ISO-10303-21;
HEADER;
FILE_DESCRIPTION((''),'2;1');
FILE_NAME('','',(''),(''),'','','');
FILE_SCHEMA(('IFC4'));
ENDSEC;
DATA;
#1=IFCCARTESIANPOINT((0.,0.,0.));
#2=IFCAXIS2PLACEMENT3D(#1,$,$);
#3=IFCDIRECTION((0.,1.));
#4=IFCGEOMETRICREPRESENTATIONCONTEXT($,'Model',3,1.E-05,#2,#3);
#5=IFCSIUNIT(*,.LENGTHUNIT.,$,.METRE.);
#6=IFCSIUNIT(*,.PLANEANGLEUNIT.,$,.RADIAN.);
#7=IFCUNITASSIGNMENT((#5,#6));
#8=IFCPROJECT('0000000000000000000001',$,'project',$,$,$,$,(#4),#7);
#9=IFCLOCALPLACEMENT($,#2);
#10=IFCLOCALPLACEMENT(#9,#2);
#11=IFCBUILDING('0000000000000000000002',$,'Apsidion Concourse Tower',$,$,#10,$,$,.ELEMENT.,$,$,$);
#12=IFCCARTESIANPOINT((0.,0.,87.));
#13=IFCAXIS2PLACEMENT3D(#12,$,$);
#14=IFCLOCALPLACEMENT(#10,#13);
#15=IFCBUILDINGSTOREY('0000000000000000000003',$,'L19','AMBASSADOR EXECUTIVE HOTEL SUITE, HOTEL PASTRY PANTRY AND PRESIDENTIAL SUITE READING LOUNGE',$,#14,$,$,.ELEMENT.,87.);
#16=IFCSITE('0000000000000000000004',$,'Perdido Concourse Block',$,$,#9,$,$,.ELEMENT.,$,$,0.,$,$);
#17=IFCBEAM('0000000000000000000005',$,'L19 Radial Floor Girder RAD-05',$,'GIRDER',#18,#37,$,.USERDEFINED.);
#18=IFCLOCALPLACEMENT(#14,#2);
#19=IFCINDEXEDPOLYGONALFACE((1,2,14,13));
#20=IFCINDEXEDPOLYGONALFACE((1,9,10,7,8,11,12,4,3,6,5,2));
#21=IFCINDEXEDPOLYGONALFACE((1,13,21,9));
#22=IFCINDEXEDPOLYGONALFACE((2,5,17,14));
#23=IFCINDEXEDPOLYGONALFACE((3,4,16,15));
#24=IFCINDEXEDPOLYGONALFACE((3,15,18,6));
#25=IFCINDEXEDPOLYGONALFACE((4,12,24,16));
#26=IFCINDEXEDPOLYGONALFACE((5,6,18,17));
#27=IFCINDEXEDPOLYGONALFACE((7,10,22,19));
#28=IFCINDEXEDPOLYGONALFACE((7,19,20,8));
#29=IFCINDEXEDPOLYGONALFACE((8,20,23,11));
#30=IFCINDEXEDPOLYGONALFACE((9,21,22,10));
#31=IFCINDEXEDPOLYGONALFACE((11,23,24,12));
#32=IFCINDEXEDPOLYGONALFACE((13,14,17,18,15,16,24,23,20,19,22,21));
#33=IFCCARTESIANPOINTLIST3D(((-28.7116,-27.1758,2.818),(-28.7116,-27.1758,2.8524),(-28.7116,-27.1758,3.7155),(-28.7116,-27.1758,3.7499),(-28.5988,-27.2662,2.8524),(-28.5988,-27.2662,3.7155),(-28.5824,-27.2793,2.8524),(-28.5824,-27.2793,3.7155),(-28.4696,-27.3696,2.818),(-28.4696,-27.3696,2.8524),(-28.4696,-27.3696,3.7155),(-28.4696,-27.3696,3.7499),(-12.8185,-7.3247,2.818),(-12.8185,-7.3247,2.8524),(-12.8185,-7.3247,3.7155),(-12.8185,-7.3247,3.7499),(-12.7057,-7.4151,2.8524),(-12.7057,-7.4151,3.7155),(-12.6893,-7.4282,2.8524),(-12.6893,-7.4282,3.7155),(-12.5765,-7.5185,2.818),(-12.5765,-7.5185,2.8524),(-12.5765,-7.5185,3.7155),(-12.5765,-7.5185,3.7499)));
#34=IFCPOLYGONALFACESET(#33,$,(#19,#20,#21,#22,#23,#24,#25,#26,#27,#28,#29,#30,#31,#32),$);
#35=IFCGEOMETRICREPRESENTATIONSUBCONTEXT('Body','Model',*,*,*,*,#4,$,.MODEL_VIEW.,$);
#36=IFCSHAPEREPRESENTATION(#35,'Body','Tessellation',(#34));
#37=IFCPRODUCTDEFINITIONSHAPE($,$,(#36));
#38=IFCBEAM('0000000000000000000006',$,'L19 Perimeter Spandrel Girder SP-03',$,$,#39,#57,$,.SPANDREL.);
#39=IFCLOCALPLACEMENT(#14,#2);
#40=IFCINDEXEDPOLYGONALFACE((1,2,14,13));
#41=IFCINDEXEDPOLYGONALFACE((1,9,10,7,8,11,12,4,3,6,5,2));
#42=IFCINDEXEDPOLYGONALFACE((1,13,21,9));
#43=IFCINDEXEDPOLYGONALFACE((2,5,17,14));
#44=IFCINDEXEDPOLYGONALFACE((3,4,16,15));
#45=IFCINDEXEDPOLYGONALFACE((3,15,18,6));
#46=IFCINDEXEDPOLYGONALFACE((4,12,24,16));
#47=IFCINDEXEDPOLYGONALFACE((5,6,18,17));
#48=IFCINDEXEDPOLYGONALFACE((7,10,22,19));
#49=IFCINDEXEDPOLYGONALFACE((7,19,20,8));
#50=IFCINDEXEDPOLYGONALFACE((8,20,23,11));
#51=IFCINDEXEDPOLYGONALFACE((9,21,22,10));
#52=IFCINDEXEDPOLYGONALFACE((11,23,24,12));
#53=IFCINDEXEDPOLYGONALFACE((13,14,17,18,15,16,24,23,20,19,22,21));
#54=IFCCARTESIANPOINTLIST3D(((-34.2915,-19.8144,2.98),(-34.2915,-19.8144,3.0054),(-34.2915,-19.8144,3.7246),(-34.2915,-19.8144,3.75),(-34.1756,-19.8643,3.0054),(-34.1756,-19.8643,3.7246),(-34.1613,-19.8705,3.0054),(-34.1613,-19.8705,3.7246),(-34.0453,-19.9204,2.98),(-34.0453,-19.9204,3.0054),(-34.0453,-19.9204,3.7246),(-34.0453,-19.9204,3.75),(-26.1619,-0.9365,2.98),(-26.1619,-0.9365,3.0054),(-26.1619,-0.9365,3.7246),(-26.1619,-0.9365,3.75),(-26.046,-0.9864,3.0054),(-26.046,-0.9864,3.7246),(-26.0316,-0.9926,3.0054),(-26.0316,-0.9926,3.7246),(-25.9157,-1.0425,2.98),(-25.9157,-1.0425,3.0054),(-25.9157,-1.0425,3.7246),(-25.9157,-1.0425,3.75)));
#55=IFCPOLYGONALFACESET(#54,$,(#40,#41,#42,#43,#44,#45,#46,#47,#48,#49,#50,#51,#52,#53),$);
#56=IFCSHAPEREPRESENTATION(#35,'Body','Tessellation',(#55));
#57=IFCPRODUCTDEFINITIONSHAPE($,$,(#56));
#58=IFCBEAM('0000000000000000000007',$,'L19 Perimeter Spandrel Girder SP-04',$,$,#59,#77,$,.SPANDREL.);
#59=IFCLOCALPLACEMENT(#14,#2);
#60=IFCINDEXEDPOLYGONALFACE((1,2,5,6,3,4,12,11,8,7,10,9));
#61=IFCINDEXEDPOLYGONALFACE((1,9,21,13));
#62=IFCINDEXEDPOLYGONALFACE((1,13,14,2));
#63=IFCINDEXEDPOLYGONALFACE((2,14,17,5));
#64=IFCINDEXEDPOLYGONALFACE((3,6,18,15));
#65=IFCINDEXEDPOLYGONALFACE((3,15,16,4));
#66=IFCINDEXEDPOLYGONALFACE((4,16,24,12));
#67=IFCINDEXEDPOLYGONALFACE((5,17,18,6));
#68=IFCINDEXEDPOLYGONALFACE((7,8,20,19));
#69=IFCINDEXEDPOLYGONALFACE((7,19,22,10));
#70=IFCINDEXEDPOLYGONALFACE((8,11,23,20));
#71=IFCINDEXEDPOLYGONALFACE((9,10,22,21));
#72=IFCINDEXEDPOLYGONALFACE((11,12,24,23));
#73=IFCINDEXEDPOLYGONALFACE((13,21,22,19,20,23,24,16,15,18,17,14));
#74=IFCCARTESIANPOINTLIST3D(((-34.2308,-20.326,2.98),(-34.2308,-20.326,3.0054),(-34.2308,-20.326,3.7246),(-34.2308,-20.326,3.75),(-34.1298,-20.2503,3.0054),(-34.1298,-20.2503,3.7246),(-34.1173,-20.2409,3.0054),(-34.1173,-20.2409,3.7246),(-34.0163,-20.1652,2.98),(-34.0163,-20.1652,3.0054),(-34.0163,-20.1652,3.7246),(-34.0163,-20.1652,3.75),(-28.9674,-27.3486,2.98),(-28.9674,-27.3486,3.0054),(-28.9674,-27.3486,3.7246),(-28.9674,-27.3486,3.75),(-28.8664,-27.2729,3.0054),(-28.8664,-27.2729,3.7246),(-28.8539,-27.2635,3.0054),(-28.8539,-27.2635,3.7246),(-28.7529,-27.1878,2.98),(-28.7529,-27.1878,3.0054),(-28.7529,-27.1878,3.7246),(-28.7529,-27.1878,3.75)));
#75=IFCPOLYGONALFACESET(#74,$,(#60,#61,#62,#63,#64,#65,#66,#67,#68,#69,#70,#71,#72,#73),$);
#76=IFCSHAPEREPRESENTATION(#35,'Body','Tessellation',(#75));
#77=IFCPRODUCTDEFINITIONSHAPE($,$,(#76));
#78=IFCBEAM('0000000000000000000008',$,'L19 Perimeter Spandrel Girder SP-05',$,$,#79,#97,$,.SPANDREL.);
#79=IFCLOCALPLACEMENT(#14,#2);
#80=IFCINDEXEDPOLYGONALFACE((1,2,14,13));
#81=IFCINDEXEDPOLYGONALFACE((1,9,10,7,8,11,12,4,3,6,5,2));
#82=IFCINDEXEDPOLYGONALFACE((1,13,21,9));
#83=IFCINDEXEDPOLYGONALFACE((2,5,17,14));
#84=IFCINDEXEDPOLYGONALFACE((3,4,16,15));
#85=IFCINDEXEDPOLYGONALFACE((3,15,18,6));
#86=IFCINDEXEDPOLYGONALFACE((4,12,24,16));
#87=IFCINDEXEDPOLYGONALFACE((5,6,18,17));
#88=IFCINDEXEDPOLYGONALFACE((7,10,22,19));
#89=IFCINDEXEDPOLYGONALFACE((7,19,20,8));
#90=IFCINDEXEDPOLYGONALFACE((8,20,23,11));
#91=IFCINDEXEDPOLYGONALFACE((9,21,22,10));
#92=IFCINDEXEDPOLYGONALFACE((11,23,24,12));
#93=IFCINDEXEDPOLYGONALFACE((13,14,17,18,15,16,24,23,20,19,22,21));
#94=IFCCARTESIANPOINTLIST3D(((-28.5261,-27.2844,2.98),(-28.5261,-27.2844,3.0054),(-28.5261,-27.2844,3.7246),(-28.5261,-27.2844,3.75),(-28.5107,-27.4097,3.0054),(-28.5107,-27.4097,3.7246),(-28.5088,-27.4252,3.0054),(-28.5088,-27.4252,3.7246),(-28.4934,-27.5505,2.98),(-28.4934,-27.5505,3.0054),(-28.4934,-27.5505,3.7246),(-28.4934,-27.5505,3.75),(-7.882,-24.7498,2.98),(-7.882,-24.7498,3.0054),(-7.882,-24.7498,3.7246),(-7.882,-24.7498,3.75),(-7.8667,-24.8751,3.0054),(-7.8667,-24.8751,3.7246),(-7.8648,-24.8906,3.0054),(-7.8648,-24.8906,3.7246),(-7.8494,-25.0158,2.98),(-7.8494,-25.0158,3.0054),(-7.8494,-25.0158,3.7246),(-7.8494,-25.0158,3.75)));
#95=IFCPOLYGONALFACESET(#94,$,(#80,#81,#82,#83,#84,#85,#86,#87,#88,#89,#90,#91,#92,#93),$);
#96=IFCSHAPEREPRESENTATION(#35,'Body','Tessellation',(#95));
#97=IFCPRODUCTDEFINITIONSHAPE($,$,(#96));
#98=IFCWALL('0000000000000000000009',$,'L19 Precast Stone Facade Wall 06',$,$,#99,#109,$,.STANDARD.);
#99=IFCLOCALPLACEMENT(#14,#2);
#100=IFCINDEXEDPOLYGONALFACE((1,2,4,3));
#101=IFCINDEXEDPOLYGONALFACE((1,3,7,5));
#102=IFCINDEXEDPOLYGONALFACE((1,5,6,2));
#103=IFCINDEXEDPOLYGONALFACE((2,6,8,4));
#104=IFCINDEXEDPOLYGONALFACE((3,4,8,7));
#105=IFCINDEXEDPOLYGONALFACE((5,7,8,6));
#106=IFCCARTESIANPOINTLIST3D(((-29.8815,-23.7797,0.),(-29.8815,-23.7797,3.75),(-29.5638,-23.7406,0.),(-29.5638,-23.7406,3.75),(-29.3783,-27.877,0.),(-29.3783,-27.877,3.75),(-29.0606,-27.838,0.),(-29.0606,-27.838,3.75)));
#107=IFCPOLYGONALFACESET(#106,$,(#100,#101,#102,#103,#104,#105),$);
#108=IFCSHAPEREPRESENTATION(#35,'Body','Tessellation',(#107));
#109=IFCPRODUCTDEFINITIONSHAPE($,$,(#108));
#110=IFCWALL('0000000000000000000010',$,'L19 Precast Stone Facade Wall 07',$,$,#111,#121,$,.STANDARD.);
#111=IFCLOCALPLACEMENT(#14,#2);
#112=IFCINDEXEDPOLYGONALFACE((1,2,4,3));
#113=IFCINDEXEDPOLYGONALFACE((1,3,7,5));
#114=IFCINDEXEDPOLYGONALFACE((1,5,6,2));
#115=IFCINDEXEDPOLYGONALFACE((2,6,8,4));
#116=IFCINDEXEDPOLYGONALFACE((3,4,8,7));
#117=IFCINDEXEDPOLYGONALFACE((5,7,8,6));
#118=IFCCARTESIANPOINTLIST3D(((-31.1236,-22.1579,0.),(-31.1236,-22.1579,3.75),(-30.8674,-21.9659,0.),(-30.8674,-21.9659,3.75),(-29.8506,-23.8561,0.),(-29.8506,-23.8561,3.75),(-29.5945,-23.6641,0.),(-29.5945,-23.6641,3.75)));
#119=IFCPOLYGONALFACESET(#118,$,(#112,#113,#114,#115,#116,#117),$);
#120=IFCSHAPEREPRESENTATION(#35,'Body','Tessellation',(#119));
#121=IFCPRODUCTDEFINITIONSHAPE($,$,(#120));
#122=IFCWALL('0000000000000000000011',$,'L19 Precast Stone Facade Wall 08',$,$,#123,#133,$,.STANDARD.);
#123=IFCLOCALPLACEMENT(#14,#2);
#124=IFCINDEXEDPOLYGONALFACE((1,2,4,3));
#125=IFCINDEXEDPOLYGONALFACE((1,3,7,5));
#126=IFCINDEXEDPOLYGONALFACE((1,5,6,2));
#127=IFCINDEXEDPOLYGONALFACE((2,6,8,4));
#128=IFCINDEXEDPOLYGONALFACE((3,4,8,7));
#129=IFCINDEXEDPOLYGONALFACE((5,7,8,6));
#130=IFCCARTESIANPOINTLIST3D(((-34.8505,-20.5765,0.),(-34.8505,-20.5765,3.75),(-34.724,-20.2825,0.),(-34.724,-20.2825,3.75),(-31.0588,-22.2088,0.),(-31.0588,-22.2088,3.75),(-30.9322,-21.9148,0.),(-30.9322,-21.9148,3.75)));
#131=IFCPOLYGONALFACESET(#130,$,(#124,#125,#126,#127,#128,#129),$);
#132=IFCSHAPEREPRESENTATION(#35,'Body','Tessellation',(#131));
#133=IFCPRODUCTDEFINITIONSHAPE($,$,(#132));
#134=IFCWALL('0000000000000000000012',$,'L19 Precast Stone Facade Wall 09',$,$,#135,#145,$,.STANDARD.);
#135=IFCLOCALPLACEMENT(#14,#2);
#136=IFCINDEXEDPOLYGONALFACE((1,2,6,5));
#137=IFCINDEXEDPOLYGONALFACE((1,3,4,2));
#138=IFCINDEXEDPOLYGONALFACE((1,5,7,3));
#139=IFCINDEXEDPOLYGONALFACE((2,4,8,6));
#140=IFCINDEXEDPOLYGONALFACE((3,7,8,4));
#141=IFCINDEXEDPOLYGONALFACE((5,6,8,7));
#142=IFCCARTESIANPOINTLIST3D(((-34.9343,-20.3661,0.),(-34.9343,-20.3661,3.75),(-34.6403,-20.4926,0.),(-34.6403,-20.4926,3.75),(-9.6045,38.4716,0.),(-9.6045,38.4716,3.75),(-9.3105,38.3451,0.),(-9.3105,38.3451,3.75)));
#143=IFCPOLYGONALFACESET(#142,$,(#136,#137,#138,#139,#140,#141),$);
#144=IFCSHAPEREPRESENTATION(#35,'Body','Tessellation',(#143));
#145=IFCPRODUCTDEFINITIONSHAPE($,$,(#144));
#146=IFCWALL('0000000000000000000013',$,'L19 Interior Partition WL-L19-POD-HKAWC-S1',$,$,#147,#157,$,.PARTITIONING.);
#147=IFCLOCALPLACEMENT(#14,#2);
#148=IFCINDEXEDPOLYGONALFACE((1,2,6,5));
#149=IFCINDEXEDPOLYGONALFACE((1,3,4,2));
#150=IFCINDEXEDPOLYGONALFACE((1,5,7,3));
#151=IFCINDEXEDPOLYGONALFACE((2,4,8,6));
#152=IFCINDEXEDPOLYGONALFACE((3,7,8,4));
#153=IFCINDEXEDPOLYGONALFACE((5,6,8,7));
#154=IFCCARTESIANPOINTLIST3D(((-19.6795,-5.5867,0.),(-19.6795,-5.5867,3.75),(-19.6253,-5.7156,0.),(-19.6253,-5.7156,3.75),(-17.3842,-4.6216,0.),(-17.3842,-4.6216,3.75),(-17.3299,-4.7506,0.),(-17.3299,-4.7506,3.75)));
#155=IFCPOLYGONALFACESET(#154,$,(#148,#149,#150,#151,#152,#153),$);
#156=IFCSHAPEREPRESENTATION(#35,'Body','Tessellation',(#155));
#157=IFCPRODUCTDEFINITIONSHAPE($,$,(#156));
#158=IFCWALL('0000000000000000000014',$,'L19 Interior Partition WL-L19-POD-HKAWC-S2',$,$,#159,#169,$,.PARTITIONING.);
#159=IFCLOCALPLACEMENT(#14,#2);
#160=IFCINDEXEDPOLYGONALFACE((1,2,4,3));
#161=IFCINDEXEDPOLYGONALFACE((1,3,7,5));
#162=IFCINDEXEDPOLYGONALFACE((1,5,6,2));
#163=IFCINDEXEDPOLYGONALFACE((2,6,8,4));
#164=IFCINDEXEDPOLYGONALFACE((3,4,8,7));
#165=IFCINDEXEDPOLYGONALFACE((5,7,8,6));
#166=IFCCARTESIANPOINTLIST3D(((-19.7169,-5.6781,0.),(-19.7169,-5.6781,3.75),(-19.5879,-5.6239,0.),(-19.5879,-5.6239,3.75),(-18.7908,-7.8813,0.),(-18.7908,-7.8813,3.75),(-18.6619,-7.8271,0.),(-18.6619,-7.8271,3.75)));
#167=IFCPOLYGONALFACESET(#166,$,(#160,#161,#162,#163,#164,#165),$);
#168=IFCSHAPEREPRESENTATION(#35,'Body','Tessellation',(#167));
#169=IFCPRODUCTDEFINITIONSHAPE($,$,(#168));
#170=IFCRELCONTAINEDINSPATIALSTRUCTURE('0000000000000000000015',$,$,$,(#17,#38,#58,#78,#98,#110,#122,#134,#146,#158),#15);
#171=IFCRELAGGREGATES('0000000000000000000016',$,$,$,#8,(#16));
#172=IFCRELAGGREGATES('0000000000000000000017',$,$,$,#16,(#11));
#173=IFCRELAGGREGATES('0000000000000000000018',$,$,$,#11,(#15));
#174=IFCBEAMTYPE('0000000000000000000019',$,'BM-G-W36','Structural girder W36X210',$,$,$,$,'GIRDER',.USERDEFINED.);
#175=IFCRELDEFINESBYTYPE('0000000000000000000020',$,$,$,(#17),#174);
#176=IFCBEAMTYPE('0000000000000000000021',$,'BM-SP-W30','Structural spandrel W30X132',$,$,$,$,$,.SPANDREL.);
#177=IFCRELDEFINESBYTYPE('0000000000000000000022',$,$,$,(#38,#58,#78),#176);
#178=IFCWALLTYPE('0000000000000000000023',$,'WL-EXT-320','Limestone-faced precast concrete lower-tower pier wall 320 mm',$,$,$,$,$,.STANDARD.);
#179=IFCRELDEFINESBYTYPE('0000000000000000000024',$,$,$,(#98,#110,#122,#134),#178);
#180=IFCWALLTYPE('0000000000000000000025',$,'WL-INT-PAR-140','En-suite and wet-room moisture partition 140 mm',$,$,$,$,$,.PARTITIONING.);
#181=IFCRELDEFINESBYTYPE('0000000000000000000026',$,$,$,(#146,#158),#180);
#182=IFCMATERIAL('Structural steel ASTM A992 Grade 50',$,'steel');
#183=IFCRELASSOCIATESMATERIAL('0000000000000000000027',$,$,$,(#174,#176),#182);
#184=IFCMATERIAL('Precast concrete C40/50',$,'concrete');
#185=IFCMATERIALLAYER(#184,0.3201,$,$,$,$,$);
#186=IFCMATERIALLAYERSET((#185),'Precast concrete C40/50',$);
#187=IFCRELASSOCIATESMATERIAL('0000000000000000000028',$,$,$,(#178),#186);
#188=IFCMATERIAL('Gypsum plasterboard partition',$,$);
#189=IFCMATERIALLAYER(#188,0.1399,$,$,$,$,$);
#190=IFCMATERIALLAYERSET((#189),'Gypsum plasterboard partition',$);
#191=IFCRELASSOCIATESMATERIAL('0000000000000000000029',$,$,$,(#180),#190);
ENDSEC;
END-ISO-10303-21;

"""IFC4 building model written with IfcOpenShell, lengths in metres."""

from ifc_helpers import new_model, si_unit, direction, frame, frame_2d, origin, origin_2d, place, context, subcontext, project, spatial, rectangle, i_section, extrude, material, layer, layer_set, material_profile, profile_set, type_object, element, save


model = new_model("IFC4")

# Units and contexts
model_context = context("Model", 3, precision=1e-05, world=origin(), true_north=direction((0.0, 1.0)))
body_context = subcontext(model_context, "Body", "Model", "MODEL_VIEW")
ifc_project = project(units=[si_unit("LENGTHUNIT", "METRE"), si_unit("PLANEANGLEUNIT", "RADIAN")], contexts=[model_context])

# Site, building, storey
site_placement = place(None, origin())
site = spatial("IfcSite", under=ifc_project, at=site_placement, Name="Perdido Concourse Block", CompositionType="ELEMENT", RefElevation=0.0)
building_placement = place(site_placement, origin())
building = spatial("IfcBuilding", under=site, at=building_placement, Name="Apsidion Concourse Tower", CompositionType="ELEMENT")
storey_placement = place(building_placement, frame((0.0, 0.0, 87.0)))
storey = spatial("IfcBuildingStorey", under=building, at=storey_placement, Name="L19", Description="AMBASSADOR EXECUTIVE HOTEL SUITE, HOTEL PASTRY PANTRY AND PRESIDENTIAL SUITE READING LOUNGE", CompositionType="ELEMENT", Elevation=87.0)

# Beams
ifc_material_1 = material(Name="Structural steel ASTM A992 Grade 50", Category="steel")
ifc_material_profile_1 = material_profile(ifc_material_1, i_section(OverallWidth=0.3101, OverallDepth=0.9319, WebThickness=0.021, FlangeThickness=0.0344, at=origin_2d()), Name="W36X210")
ifc_profile_set_1 = profile_set([ifc_material_profile_1], Name="Structural steel ASTM A992 Grade 50")
beam_type_1 = type_object("IfcBeamType", Name="BM-G-W36", Description="Structural girder W36X210", ElementType="GIRDER", PredefinedType="USERDEFINED", material=ifc_profile_set_1)
beam_1_placement = place(storey_placement, frame((-12.6975, -7.4216, 3.2839), z_axis=(-0.624988, -0.780635, 0.0), x_axis=(0.780635, -0.624988, 0.0)))
element("IfcBeam", 1, at=beam_1_placement, inside=storey, type_object=beam_type_1, Name="L19 Radial Floor Girder RAD-05", ObjectType="GIRDER", PredefinedType="USERDEFINED", context=body_context, shape_type="SweptSolid", body=[
    extrude(i_section(OverallWidth=0.3101, OverallDepth=0.9319, WebThickness=0.021, FlangeThickness=0.0344, at=origin_2d()), origin(), (0.0, 0.0, 1.0), 25.4294),
])
ifc_material_profile_2 = material_profile(ifc_material_1, i_section(OverallWidth=0.2681, OverallDepth=0.77, WebThickness=0.0156, FlangeThickness=0.0254, at=origin_2d()), Name="W30X132")
ifc_profile_set_2 = profile_set([ifc_material_profile_2], Name="Structural steel ASTM A992 Grade 50")
beam_type_2 = type_object("IfcBeamType", Name="BM-SP-W30", Description="Structural spandrel W30X132", PredefinedType="SPANDREL", material=ifc_profile_set_2)
beam_2_placement = place(storey_placement, frame((-26.0388, -0.9895, 3.365), z_axis=(-0.395526, -0.918455, 0.0), x_axis=(0.918455, -0.395526, 0.0)))
element("IfcBeam", 2, at=beam_2_placement, inside=storey, type_object=beam_type_2, Name="L19 Perimeter Spandrel Girder SP-03", PredefinedType="SPANDREL", context=body_context, shape_type="SweptSolid", body=[
    extrude(i_section(OverallWidth=0.2681, OverallDepth=0.77, WebThickness=0.0156, FlangeThickness=0.0254, at=origin_2d()), origin(), (0.0, 0.0, 1.0), 20.554),
])
beam_3_placement = place(storey_placement, frame((-34.1235, -20.2456, 3.365), z_axis=(0.599737, -0.800197, 0.0), x_axis=(0.800197, 0.599737, 0.0)))
element("IfcBeam", 3, at=beam_3_placement, inside=storey, type_object=beam_type_2, Name="L19 Perimeter Spandrel Girder SP-04", PredefinedType="SPANDREL", context=body_context, shape_type="SweptSolid", body=[
    extrude(i_section(OverallWidth=0.2681, OverallDepth=0.77, WebThickness=0.0156, FlangeThickness=0.0254, at=origin_2d()), origin(), (0.0, 0.0, 1.0), 8.7761),
])
beam_4_placement = place(storey_placement, frame((-28.5098, -27.4175, 3.365), z_axis=(0.992547, 0.121865, 0.0), x_axis=(-0.121865, 0.992547, 0.0)))
element("IfcBeam", 4, at=beam_4_placement, inside=storey, type_object=beam_type_2, Name="L19 Perimeter Spandrel Girder SP-05", PredefinedType="SPANDREL", context=body_context, shape_type="SweptSolid", body=[
    extrude(i_section(OverallWidth=0.2681, OverallDepth=0.77, WebThickness=0.0156, FlangeThickness=0.0254, at=origin_2d()), origin(), (0.0, 0.0, 1.0), 20.7991),
])

# Walls
ifc_material_2 = material(Name="Precast concrete C40/50", Category="concrete")
ifc_layer_1 = layer(ifc_material_2, 0.3201)
ifc_layer_set_1 = layer_set([ifc_layer_1], Name="Precast concrete C40/50")
wall_type_1 = type_object("IfcWallType", Name="WL-EXT-320", Description="Limestone-faced precast concrete lower-tower pier wall 320 mm", PredefinedType="STANDARD", material=ifc_layer_set_1)
wall_1_placement = place(storey_placement, frame((-29.2195, -27.8574, 0.0), z_axis=(0.0, 0.0, 1.0), x_axis=(-0.121887, 0.992544, 0.0)))
element("IfcWall", 5, at=wall_1_placement, inside=storey, type_object=wall_type_1, Name="L19 Precast Stone Facade Wall 06", PredefinedType="STANDARD", context=body_context, shape_type="SweptSolid", body=[
    extrude(rectangle(XDim=4.1282, YDim=0.3201, at=frame_2d((2.064, 0.0))), origin(), (0.0, 0.0, 1.0), 3.75),
])
wall_2_placement = place(storey_placement, frame((-29.7227, -23.76, 0.0), z_axis=(0.0, 0.0, 1.0), x_axis=(-0.599779, 0.800166, 0.0)))
element("IfcWall", 6, at=wall_2_placement, inside=storey, type_object=wall_type_1, Name="L19 Precast Stone Facade Wall 07", PredefinedType="STANDARD", context=body_context, shape_type="SweptSolid", body=[
    extrude(rectangle(XDim=2.1223, YDim=0.3201, at=frame_2d((1.061, 0.0))), origin(), (0.0, 0.0, 1.0), 3.75),
])
wall_3_placement = place(storey_placement, frame((-30.9956, -22.0618, 0.0), z_axis=(0.0, 0.0, 1.0), x_axis=(-0.918504, 0.395411, 0.0)))
element("IfcWall", 7, at=wall_3_placement, inside=storey, type_object=wall_type_1, Name="L19 Precast Stone Facade Wall 08", PredefinedType="STANDARD", context=body_context, shape_type="SweptSolid", body=[
    extrude(rectangle(XDim=4.1282, YDim=0.3201, at=frame_2d((2.064, 0.0))), origin(), (0.0, 0.0, 1.0), 3.75),
])
wall_4_placement = place(storey_placement, frame((-34.7874, -20.4294, 0.0), z_axis=(0.0, 0.0, 1.0), x_axis=(0.395418, 0.918501, 0.0)))
element("IfcWall", 8, at=wall_4_placement, inside=storey, type_object=wall_type_1, Name="L19 Precast Stone Facade Wall 09", PredefinedType="STANDARD", context=body_context, shape_type="SweptSolid", body=[
    extrude(rectangle(XDim=64.0583, YDim=0.3201, at=frame_2d((32.0293, 0.0))), origin(), (0.0, 0.0, 1.0), 3.75),
])
ifc_material_3 = material(Name="Gypsum plasterboard partition")
ifc_layer_2 = layer(ifc_material_3, 0.1399)
ifc_layer_set_2 = layer_set([ifc_layer_2], Name="Gypsum plasterboard partition")
wall_type_2 = type_object("IfcWallType", Name="WL-INT-PAR-140", Description="En-suite and wet-room moisture partition 140 mm", PredefinedType="PARTITIONING", material=ifc_layer_set_2)
wall_5_placement = place(storey_placement, frame((-17.3569, -4.686, 0.0), z_axis=(0.0, 0.0, 1.0), x_axis=(-0.921836, -0.387579, 0.0)))
element("IfcWall", 9, at=wall_5_placement, inside=storey, type_object=wall_type_2, Name="L19 Interior Partition WL-L19-POD-HKAWC-S1", PredefinedType="PARTITIONING", context=body_context, shape_type="SweptSolid", body=[
    extrude(rectangle(XDim=2.49, YDim=0.1399, at=frame_2d((1.2451, 0.0))), origin(), (0.0, 0.0, 1.0), 3.75),
])
wall_6_placement = place(storey_placement, frame((-19.6523, -5.6511, 0.0), z_axis=(0.0, 0.0, 1.0), x_axis=(0.387486, -0.921876, 0.0)))
element("IfcWall", 10, at=wall_6_placement, inside=storey, type_object=wall_type_2, Name="L19 Interior Partition WL-L19-POD-HKAWC-S2", PredefinedType="PARTITIONING", context=body_context, shape_type="SweptSolid", body=[
    extrude(rectangle(XDim=2.3899, YDim=0.1399, at=frame_2d((1.1948, 0.0))), origin(), (0.0, 0.0, 1.0), 3.75),
])

save(model, "model.ifc")
